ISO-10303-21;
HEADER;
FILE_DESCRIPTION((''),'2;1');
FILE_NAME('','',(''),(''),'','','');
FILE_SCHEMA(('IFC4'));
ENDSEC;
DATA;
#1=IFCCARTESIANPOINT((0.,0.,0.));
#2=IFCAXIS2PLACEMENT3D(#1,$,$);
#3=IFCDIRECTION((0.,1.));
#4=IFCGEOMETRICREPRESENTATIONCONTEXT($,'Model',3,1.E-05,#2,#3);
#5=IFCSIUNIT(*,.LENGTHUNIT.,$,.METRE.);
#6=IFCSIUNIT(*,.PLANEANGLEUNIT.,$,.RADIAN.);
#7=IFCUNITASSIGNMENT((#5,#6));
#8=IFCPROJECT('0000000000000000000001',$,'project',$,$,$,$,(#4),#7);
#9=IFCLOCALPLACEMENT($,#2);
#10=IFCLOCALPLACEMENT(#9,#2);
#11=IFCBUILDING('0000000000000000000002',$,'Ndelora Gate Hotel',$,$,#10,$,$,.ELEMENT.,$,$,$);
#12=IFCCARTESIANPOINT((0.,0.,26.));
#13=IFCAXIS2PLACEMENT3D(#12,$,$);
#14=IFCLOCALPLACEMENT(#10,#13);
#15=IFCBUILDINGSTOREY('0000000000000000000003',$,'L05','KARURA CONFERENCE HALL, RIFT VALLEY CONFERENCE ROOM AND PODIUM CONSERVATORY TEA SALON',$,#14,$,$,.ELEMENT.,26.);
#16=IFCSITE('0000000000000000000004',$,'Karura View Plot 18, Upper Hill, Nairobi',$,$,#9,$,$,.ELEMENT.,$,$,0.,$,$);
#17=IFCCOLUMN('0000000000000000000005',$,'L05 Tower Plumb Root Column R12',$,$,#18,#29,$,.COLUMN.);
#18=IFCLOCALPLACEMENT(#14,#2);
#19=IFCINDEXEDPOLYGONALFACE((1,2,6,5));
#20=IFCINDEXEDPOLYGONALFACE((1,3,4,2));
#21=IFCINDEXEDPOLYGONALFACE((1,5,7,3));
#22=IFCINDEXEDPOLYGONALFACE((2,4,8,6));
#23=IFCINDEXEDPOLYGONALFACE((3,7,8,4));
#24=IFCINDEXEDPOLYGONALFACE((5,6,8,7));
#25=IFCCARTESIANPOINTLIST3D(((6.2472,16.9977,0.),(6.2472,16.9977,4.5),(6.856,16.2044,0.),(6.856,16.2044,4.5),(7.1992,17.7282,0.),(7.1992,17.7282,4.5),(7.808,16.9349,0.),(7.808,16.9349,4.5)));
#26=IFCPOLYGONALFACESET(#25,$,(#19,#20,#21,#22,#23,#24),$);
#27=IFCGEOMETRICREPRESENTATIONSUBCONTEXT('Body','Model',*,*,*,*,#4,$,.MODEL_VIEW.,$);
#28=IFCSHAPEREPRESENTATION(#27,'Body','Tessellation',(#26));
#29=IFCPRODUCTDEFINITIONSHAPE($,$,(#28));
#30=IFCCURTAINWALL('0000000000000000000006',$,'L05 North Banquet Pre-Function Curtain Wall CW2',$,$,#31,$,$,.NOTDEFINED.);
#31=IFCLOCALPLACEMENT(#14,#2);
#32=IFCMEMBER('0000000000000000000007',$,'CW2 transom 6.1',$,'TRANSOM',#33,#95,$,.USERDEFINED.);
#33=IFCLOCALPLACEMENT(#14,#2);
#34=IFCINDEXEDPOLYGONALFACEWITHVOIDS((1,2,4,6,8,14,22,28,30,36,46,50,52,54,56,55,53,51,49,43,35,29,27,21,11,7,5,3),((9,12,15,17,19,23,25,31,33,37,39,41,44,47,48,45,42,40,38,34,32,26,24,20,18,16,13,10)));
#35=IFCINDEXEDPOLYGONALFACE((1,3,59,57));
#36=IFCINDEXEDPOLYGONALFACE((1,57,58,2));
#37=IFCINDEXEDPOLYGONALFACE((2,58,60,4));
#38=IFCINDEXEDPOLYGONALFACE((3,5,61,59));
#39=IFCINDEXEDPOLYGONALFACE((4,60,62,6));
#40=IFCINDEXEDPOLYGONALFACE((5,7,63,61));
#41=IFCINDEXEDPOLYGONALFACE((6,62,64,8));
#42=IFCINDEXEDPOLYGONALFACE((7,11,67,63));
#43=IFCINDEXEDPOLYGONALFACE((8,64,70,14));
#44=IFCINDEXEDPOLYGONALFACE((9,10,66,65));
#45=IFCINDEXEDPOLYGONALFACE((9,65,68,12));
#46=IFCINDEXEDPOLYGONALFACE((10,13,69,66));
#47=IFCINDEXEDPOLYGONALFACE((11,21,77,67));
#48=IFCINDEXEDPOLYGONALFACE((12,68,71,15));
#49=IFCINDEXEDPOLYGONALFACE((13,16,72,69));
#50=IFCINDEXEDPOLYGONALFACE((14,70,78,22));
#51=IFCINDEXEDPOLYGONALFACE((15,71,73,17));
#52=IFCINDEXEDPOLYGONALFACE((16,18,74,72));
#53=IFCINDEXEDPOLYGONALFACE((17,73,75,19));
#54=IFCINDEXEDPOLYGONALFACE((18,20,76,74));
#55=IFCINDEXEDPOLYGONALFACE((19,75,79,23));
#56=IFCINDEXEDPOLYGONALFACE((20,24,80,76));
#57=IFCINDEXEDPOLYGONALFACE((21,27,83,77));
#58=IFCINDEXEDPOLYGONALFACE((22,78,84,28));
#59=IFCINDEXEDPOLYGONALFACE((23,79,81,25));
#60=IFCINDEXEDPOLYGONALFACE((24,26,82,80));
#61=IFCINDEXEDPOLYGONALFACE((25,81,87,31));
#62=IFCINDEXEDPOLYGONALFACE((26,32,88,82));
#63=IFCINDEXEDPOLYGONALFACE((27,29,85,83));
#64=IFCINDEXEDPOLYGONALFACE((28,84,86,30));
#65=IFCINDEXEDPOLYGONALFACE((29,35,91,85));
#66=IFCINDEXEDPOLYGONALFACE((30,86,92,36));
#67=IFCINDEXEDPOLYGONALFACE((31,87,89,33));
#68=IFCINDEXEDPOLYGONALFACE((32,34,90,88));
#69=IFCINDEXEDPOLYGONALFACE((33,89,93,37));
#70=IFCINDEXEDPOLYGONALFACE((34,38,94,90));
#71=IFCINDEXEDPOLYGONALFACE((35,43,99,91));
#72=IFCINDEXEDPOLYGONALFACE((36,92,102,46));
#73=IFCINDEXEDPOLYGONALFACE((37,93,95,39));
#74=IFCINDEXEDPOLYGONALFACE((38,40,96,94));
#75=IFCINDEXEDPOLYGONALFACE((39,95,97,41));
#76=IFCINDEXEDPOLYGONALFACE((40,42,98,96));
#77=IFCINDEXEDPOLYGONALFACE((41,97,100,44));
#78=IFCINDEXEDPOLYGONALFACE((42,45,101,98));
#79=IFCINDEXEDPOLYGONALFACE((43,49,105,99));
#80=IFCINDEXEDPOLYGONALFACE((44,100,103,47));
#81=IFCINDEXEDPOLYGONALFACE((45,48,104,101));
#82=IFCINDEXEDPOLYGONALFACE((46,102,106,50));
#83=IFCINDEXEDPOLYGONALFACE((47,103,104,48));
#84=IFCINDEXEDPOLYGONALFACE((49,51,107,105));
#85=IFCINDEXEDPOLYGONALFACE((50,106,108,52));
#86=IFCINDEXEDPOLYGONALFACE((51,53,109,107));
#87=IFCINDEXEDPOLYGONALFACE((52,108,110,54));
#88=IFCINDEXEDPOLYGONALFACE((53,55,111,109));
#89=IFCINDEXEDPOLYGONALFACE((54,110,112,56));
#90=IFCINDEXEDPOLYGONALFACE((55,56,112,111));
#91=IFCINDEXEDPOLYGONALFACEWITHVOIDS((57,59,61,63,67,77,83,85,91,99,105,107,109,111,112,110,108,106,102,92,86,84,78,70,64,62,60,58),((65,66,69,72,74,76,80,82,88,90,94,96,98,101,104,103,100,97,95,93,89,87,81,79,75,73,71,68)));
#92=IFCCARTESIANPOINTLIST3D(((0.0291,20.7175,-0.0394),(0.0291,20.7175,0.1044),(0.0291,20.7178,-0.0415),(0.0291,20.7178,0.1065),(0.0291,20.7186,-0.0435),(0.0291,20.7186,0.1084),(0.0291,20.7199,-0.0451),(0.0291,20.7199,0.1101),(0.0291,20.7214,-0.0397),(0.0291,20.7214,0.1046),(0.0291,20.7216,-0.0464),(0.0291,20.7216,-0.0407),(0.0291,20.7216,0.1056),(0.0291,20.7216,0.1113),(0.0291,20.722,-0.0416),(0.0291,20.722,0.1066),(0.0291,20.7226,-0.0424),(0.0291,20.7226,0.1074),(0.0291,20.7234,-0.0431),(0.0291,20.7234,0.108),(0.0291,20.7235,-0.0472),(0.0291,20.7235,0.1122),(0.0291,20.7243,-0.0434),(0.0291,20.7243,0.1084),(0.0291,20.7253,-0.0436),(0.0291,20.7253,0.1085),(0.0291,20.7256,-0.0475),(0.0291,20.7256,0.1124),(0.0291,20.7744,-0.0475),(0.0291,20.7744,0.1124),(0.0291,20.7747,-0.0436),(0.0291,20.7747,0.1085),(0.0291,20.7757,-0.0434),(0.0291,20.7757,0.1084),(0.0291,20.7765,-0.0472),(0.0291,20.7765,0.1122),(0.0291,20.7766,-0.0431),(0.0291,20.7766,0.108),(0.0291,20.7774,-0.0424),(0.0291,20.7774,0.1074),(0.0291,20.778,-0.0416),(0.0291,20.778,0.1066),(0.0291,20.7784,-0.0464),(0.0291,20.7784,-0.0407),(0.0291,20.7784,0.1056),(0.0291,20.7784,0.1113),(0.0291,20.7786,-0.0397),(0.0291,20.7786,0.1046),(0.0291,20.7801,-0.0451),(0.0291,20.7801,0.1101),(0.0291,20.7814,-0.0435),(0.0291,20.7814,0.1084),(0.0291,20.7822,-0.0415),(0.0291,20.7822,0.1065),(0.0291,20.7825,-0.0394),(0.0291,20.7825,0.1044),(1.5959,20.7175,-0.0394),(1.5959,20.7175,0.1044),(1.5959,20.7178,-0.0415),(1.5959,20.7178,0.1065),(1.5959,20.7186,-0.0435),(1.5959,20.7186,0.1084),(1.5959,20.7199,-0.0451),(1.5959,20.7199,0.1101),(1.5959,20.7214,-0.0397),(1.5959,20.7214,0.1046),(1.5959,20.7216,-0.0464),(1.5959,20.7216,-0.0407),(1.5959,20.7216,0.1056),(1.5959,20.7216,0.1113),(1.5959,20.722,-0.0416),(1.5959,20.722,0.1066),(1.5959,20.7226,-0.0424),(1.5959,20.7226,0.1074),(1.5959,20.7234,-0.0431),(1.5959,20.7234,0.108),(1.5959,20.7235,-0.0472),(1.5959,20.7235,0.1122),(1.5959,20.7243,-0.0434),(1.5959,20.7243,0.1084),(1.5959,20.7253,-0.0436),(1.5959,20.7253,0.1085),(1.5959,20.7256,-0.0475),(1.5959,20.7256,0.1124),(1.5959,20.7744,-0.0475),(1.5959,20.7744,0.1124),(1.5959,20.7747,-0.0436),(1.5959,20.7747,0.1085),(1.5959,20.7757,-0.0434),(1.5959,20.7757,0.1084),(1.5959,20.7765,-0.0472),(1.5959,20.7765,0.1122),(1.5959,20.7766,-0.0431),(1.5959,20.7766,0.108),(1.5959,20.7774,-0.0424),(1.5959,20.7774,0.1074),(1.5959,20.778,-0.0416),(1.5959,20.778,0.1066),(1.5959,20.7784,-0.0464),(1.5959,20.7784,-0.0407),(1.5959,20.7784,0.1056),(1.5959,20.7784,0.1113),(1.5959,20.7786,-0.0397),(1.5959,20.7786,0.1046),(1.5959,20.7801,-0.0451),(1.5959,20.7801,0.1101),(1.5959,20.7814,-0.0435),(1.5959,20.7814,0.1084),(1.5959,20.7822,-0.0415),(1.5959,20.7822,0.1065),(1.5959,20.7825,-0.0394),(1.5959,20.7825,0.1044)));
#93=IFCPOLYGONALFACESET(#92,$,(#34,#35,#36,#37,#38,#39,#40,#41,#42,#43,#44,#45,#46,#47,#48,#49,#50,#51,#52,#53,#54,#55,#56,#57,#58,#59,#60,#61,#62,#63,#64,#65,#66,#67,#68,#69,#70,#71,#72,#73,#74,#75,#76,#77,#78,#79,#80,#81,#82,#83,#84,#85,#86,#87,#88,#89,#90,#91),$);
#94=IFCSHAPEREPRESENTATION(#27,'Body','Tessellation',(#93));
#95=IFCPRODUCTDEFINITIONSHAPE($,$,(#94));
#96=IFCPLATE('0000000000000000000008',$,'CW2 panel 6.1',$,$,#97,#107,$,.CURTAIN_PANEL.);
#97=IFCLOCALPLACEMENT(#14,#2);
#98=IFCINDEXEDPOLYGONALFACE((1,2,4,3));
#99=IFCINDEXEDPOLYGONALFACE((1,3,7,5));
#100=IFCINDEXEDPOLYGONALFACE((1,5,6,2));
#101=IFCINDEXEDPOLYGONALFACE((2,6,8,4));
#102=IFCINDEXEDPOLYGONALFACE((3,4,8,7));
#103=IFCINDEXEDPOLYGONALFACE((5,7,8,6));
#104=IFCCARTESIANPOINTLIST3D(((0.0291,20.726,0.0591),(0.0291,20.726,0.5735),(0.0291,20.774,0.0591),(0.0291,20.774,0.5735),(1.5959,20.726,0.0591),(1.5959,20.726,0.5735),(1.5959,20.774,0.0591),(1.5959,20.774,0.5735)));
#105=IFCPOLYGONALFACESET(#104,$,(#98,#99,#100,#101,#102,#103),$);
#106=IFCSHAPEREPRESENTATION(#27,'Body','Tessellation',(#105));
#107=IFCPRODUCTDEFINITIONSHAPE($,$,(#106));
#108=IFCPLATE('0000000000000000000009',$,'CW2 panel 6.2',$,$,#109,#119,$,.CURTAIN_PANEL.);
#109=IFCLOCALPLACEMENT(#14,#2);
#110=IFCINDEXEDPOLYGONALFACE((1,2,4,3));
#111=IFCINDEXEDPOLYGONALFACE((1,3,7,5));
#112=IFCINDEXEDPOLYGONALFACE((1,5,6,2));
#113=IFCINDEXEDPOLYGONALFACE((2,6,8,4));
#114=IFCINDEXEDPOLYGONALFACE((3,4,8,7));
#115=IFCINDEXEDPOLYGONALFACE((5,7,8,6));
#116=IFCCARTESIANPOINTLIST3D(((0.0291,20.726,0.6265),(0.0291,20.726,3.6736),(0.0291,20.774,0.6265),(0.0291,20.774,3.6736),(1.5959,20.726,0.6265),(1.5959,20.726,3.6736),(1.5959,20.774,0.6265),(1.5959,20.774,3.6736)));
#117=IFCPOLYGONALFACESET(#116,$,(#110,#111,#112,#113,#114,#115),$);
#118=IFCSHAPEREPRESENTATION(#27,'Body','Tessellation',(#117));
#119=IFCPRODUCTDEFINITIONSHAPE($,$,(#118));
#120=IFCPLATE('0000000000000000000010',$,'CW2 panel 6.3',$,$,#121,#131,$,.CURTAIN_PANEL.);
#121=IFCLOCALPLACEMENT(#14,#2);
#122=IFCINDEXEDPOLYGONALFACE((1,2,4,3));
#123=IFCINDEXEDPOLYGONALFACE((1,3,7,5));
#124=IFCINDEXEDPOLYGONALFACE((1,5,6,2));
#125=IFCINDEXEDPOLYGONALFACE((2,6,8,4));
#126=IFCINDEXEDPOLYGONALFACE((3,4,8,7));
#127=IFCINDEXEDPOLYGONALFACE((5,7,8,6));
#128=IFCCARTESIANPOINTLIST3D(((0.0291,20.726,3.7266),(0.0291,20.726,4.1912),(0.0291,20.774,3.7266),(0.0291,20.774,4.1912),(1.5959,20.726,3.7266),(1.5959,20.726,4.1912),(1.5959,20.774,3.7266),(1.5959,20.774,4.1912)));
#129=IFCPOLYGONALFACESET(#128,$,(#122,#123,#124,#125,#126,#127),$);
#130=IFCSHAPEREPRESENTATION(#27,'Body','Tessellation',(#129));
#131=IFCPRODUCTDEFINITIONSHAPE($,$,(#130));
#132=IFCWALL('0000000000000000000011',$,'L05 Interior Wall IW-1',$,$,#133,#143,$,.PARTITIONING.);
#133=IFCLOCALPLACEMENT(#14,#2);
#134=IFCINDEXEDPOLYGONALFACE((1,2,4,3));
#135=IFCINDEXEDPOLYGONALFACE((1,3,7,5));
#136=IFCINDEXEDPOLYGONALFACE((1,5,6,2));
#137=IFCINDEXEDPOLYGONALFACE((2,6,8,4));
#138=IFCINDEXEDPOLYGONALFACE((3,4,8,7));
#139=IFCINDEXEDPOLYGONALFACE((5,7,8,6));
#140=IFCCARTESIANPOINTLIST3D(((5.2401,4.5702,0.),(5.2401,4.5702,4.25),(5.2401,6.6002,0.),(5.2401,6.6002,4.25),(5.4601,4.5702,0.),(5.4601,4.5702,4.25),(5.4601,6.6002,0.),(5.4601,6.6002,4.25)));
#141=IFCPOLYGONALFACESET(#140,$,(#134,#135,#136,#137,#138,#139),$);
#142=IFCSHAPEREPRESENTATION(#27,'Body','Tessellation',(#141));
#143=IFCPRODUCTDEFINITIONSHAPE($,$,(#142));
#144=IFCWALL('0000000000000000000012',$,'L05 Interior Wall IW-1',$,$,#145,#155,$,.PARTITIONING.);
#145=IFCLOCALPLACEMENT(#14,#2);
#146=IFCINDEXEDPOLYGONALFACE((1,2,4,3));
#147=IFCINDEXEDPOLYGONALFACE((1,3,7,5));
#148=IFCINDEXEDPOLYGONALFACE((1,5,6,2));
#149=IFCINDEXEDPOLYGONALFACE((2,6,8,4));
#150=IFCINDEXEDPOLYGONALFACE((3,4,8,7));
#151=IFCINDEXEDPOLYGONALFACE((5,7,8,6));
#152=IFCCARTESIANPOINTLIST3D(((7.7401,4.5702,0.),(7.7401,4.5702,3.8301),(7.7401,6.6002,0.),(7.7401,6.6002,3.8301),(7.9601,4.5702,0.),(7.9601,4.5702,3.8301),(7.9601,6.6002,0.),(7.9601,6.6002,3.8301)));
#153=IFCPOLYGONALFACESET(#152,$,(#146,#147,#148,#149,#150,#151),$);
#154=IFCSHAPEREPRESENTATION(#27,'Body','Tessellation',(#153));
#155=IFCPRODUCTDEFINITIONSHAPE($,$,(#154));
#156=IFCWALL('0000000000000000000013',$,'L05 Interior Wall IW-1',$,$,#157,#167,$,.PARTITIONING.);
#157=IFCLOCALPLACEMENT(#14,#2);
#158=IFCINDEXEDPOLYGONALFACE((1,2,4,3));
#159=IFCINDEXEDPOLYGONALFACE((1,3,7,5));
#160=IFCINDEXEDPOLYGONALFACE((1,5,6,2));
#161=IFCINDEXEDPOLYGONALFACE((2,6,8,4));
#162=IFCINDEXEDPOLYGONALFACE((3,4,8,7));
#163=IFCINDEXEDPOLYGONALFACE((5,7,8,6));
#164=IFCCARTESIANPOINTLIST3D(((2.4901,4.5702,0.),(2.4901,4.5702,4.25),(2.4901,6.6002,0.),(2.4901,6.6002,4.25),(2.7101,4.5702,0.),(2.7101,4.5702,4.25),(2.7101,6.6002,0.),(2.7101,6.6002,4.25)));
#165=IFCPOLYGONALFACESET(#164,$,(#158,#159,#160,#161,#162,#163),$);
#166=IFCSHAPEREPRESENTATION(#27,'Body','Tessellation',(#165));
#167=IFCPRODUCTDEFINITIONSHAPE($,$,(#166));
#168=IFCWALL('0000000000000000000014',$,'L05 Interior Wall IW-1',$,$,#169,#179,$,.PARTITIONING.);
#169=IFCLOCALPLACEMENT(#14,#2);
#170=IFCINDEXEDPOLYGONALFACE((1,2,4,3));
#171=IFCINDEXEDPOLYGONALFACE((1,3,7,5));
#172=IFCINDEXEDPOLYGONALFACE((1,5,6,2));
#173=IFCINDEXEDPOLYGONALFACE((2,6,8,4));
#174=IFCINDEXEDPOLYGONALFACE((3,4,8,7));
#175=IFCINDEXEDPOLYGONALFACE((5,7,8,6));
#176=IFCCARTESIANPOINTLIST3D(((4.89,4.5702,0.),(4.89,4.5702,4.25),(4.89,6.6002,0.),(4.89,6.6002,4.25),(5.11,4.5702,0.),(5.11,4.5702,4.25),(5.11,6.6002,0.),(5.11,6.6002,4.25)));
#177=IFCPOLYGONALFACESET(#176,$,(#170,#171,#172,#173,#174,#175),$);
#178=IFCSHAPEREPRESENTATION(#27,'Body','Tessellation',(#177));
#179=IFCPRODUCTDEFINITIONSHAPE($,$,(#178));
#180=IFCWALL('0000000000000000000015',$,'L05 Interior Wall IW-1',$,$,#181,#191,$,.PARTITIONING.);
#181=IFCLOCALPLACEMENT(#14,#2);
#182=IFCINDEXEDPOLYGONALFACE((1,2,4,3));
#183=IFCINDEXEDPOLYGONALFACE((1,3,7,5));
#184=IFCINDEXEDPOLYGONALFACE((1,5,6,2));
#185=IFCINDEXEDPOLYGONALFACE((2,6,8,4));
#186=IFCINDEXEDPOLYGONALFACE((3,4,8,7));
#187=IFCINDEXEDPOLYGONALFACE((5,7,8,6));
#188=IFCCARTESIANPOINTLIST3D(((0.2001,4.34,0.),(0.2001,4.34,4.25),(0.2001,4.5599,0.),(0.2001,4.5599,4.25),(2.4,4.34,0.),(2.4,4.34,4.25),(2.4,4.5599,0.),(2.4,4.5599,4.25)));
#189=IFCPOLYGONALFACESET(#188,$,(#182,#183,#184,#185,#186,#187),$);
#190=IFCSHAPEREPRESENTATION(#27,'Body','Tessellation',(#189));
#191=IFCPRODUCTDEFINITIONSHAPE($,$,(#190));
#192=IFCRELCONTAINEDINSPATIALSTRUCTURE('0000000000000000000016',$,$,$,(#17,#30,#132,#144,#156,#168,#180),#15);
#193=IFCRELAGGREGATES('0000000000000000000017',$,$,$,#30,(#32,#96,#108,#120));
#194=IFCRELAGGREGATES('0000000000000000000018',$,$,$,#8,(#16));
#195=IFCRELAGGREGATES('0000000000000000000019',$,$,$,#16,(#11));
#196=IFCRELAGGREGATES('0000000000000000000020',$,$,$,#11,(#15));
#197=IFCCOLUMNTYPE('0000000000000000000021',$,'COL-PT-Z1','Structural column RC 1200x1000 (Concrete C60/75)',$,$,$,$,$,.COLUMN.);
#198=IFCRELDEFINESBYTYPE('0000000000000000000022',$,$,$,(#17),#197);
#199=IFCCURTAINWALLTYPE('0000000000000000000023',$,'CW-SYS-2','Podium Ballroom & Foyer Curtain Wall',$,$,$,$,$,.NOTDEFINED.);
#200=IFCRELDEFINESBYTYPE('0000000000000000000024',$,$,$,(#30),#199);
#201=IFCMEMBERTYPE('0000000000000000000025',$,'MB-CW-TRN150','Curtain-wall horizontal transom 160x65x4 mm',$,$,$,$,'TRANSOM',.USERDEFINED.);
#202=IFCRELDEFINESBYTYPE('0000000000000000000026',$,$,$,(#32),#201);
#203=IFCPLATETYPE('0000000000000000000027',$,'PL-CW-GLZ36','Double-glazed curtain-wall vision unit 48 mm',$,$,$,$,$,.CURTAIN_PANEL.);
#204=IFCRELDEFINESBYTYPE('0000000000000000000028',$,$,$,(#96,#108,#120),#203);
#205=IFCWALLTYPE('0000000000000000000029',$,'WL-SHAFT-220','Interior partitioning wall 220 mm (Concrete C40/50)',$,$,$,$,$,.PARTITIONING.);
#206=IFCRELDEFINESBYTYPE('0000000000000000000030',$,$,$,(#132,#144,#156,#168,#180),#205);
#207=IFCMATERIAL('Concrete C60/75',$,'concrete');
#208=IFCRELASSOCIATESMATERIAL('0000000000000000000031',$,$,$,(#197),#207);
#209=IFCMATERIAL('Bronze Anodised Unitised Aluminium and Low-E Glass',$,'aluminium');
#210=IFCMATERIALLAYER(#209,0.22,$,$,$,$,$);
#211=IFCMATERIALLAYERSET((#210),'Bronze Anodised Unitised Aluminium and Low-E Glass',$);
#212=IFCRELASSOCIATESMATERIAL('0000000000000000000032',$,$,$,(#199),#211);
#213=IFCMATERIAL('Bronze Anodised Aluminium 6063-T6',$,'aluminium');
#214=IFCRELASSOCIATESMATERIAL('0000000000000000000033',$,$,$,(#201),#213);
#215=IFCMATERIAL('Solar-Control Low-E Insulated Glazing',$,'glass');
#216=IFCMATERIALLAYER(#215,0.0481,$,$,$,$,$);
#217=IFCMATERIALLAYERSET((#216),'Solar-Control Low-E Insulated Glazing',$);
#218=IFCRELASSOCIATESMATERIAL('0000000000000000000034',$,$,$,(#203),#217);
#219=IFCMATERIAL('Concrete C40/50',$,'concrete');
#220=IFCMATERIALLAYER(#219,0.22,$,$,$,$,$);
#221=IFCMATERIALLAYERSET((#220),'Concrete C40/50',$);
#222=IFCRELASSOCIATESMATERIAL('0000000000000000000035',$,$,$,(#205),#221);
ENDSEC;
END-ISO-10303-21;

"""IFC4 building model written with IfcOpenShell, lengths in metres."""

from ifc_helpers import new_model, si_unit, direction, frame, frame_2d, origin, origin_2d, place, context, subcontext, project, spatial, rectangle, hollow_rectangle, extrude, material, layer, layer_set, material_profile, profile_set, type_object, element, aggregate, save


model = new_model("IFC4")

# Units and contexts
model_context = context("Model", 3, precision=1e-05, world=origin(), true_north=direction((0.0, 1.0)))
body_context = subcontext(model_context, "Body", "Model", "MODEL_VIEW")
ifc_project = project(units=[si_unit("LENGTHUNIT", "METRE"), si_unit("PLANEANGLEUNIT", "RADIAN")], contexts=[model_context])

# Site, building, storey
site_placement = place(None, origin())
site = spatial("IfcSite", under=ifc_project, at=site_placement, Name="Karura View Plot 18, Upper Hill, Nairobi", CompositionType="ELEMENT", RefElevation=0.0)
building_placement = place(site_placement, origin())
building = spatial("IfcBuilding", under=site, at=building_placement, Name="Ndelora Gate Hotel", CompositionType="ELEMENT")
storey_placement = place(building_placement, frame((0.0, 0.0, 26.0)))
storey = spatial("IfcBuildingStorey", under=building, at=storey_placement, Name="L05", Description="KARURA CONFERENCE HALL, RIFT VALLEY CONFERENCE ROOM AND PODIUM CONSERVATORY TEA SALON", CompositionType="ELEMENT", Elevation=26.0)

# Column
ifc_material_1 = material(Name="Concrete C60/75", Category="concrete")
ifc_material_profile_1 = material_profile(ifc_material_1, rectangle(XDim=1.0, YDim=1.2, at=origin_2d()), Name="RC 1200x1000")
ifc_profile_set_1 = profile_set([ifc_material_profile_1], Name="Concrete C60/75")
column_type = type_object("IfcColumnType", Name="COL-PT-Z1", Description="Structural column RC 1200x1000 (Concrete C60/75)", PredefinedType="COLUMN", material=ifc_profile_set_1)
column_placement = place(storey_placement, frame((7.0276, 16.9663, 0.0), z_axis=(0.0, 0.0, 1.0), x_axis=(-0.608761, 0.793353, 0.0)))
element("IfcColumn", 1, at=column_placement, inside=storey, type_object=column_type, Name="L05 Tower Plumb Root Column R12", PredefinedType="COLUMN", context=body_context, shape_type="SweptSolid", body=[
    extrude(rectangle(XDim=1.0, YDim=1.2, at=origin_2d()), origin(), (0.0, 0.0, 1.0), 4.5),
])

# Curtain wall, member, plates
ifc_material_2 = material(Name="Bronze Anodised Unitised Aluminium and Low-E Glass", Category="aluminium")
ifc_layer_1 = layer(ifc_material_2, 0.22)
ifc_layer_set_1 = layer_set([ifc_layer_1], Name="Bronze Anodised Unitised Aluminium and Low-E Glass")
curtain_wall_type = type_object("IfcCurtainWallType", Name="CW-SYS-2", Description="Podium Ballroom & Foyer Curtain Wall", PredefinedType="NOTDEFINED", material=ifc_layer_set_1)
curtain_wall_placement = place(storey_placement, origin())
curtain_wall = element("IfcCurtainWall", 2, at=curtain_wall_placement, inside=storey, type_object=curtain_wall_type, Name="L05 North Banquet Pre-Function Curtain Wall CW2", PredefinedType="NOTDEFINED")
ifc_material_3 = material(Name="Bronze Anodised Aluminium 6063-T6", Category="aluminium")
ifc_material_profile_2 = material_profile(ifc_material_3, hollow_rectangle(XDim=0.0649, YDim=0.1599, WallThickness=0.0039, InnerFilletRadius=0.0039, OuterFilletRadius=0.0081, at=origin_2d()), Name="ALU 160x65x4")
ifc_profile_set_2 = profile_set([ifc_material_profile_2], Name="Bronze Anodised Aluminium 6063-T6")
member_type = type_object("IfcMemberType", Name="MB-CW-TRN150", Description="Curtain-wall horizontal transom 160x65x4 mm", ElementType="TRANSOM", PredefinedType="USERDEFINED", material=ifc_profile_set_2)
member_placement = place(storey_placement, frame((1.5959, 20.75, 0.0325), z_axis=(-1.0, 0.0, 0.0), x_axis=(0.0, -1.0, 0.0)))
member = element("IfcMember", 3, at=member_placement, type_object=member_type, Name="CW2 transom 6.1", ObjectType="TRANSOM", PredefinedType="USERDEFINED", context=body_context, shape_type="SweptSolid", body=[
    extrude(hollow_rectangle(XDim=0.0649, YDim=0.1599, WallThickness=0.0039, InnerFilletRadius=0.0039, OuterFilletRadius=0.0081, at=origin_2d()), origin(), (0.0, 0.0, 1.0), 1.5669),
])
ifc_material_4 = material(Name="Solar-Control Low-E Insulated Glazing", Category="glass")
ifc_layer_2 = layer(ifc_material_4, 0.0481)
ifc_layer_set_2 = layer_set([ifc_layer_2], Name="Solar-Control Low-E Insulated Glazing")
plate_type = type_object("IfcPlateType", Name="PL-CW-GLZ36", Description="Double-glazed curtain-wall vision unit 48 mm", PredefinedType="CURTAIN_PANEL", material=ifc_layer_set_2)
plate_1_placement = place(storey_placement, frame((0.8125, 20.75, 0.0591), z_axis=(0.0, 0.0, 1.0), x_axis=(-1.0, 0.0, 0.0)))
plate_1 = element("IfcPlate", 4, at=plate_1_placement, type_object=plate_type, Name="CW2 panel 6.1", PredefinedType="CURTAIN_PANEL", context=body_context, shape_type="SweptSolid", body=[
    extrude(rectangle(XDim=1.5669, YDim=0.0481, at=origin_2d()), origin(), (0.0, 0.0, 1.0), 0.5144),
])
plate_2_placement = place(storey_placement, frame((0.8125, 20.75, 0.6265), z_axis=(0.0, 0.0, 1.0), x_axis=(-1.0, 0.0, 0.0)))
plate_2 = element("IfcPlate", 5, at=plate_2_placement, type_object=plate_type, Name="CW2 panel 6.2", PredefinedType="CURTAIN_PANEL", context=body_context, shape_type="SweptSolid", body=[
    extrude(rectangle(XDim=1.5669, YDim=0.0481, at=origin_2d()), origin(), (0.0, 0.0, 1.0), 3.0471),
])
plate_3_placement = place(storey_placement, frame((0.8125, 20.75, 3.7266), z_axis=(0.0, 0.0, 1.0), x_axis=(-1.0, 0.0, 0.0)))
plate_3 = element("IfcPlate", 6, at=plate_3_placement, type_object=plate_type, Name="CW2 panel 6.3", PredefinedType="CURTAIN_PANEL", context=body_context, shape_type="SweptSolid", body=[
    extrude(rectangle(XDim=1.5669, YDim=0.0481, at=origin_2d()), origin(), (0.0, 0.0, 1.0), 0.4646),
])
aggregate(curtain_wall, [member, plate_1, plate_2, plate_3])

# Shared definitions
ifc_material_5 = material(Name="Concrete C40/50", Category="concrete")
ifc_layer_3 = layer(ifc_material_5, 0.22)
ifc_layer_set_3 = layer_set([ifc_layer_3], Name="Concrete C40/50")
wall_type = type_object("IfcWallType", Name="WL-SHAFT-220", Description="Interior partitioning wall 220 mm (Concrete C40/50)", PredefinedType="PARTITIONING", material=ifc_layer_set_3)

# Walls
wall_1_placement = place(storey_placement, frame((5.3501, 4.5701, 0.0), z_axis=(0.0, 0.0, 1.0), x_axis=(0.0, 1.0, 0.0)))
element("IfcWall", 7, at=wall_1_placement, inside=storey, type_object=wall_type, Name="L05 Interior Wall IW-1", PredefinedType="PARTITIONING", context=body_context, shape_type="SweptSolid", body=[
    extrude(rectangle(XDim=2.03, YDim=0.22, at=frame_2d((1.0151, 0.0))), origin(), (0.0, 0.0, 1.0), 4.25),
])
wall_2_placement = place(storey_placement, frame((7.8501, 4.5701, 0.0), z_axis=(0.0, 0.0, 1.0), x_axis=(0.0, 1.0, 0.0)))
element("IfcWall", 8, at=wall_2_placement, inside=storey, type_object=wall_type, Name="L05 Interior Wall IW-1", PredefinedType="PARTITIONING", context=body_context, shape_type="SweptSolid", body=[
    extrude(rectangle(XDim=2.03, YDim=0.22, at=frame_2d((1.0151, 0.0))), origin(), (0.0, 0.0, 1.0), 3.8301),
])

# Walls
for number, where, z_axis, x_axis, name in (
    (9, (2.6001, 4.5701, 0.0), (0.0, 0.0, 1.0), (0.0, 1.0, 0.0), "L05 Interior Wall IW-1"),
    (10, (5.0, 4.5701, 0.0), (0.0, 0.0, 1.0), (0.0, 1.0, 0.0), "L05 Interior Wall IW-1"),
):
    element("IfcWall", number, at=place(storey_placement, frame(where, z_axis=z_axis, x_axis=x_axis)), inside=storey, type_object=wall_type, Name=name, PredefinedType="PARTITIONING", context=body_context, shape_type="SweptSolid", body=[
        extrude(rectangle(XDim=2.03, YDim=0.22, at=frame_2d((1.0151, 0.0))), origin(), (0.0, 0.0, 1.0), 4.25),
    ])
wall_3_placement = place(storey_placement, frame((0.2, 4.45, 0.0), z_axis=(0.0, 0.0, 1.0), x_axis=(1.0, 0.0, 0.0)))
element("IfcWall", 11, at=wall_3_placement, inside=storey, type_object=wall_type, Name="L05 Interior Wall IW-1", PredefinedType="PARTITIONING", context=body_context, shape_type="SweptSolid", body=[
    extrude(rectangle(XDim=2.2, YDim=0.22, at=frame_2d((1.1001, 0.0))), origin(), (0.0, 0.0, 1.0), 4.25),
])

save(model, "model.ifc")
